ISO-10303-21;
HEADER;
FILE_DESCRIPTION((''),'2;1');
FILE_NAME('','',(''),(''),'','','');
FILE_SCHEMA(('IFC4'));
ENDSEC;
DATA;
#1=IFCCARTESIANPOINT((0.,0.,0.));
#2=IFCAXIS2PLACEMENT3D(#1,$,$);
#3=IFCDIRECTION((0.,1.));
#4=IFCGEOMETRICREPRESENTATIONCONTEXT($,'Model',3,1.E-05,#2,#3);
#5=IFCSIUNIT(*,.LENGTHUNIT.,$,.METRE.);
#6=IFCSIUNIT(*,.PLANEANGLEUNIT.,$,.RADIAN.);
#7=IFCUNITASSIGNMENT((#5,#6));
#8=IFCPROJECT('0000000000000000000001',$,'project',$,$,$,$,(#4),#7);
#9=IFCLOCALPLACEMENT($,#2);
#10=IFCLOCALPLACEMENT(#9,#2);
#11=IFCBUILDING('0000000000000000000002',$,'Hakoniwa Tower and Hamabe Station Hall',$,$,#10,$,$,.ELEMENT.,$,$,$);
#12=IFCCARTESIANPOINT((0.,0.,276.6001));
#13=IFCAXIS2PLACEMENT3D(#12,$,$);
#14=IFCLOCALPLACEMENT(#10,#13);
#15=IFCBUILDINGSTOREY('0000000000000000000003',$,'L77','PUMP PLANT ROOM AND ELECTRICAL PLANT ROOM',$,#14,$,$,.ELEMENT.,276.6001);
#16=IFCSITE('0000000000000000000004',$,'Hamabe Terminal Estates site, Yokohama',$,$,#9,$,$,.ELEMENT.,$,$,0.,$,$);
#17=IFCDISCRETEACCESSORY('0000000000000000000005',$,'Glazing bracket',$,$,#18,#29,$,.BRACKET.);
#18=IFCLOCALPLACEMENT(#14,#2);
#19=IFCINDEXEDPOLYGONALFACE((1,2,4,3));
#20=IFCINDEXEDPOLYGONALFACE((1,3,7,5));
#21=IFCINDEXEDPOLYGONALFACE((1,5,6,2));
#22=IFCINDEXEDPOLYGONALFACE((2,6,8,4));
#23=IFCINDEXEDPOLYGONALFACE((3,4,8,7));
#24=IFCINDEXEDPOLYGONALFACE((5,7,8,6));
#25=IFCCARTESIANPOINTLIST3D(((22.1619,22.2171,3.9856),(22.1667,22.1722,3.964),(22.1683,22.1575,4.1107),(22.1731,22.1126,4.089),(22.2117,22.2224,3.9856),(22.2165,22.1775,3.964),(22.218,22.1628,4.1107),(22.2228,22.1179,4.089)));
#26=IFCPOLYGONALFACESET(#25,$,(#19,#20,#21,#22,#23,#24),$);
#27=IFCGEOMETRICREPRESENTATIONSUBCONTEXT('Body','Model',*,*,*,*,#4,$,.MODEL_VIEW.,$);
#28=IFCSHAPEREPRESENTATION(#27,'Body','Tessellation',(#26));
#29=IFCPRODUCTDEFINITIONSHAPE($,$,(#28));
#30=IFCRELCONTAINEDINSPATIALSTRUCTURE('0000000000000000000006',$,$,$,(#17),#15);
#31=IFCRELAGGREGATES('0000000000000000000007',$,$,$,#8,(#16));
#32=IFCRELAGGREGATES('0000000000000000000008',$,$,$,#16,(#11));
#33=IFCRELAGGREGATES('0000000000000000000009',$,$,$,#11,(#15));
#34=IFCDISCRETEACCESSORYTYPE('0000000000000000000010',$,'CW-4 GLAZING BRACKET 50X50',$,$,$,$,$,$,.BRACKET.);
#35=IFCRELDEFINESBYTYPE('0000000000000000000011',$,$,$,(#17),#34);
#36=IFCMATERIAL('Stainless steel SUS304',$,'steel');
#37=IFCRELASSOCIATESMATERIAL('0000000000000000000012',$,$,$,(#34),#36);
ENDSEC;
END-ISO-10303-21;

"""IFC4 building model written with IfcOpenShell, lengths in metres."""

from ifc_helpers import new_model, si_unit, direction, frame, origin, origin_2d, place, context, subcontext, project, spatial, rectangle, extrude, material, material_profile, profile_set, type_object, element, save


model = new_model("IFC4")

# Units and contexts
model_context = context("Model", 3, precision=1e-05, world=origin(), true_north=direction((0.0, 1.0)))
body_context = subcontext(model_context, "Body", "Model", "MODEL_VIEW")
ifc_project = project(units=[si_unit("LENGTHUNIT", "METRE"), si_unit("PLANEANGLEUNIT", "RADIAN")], contexts=[model_context])

# Site, building, storey
site_placement = place(None, origin())
site = spatial("IfcSite", under=ifc_project, at=site_placement, Name="Hamabe Terminal Estates site, Yokohama", CompositionType="ELEMENT", RefElevation=0.0)
building_placement = place(site_placement, origin())
building = spatial("IfcBuilding", under=site, at=building_placement, Name="Hakoniwa Tower and Hamabe Station Hall", CompositionType="ELEMENT")
storey_placement = place(building_placement, frame((0.0, 0.0, 276.6001)))
storey = spatial("IfcBuildingStorey", under=building, at=storey_placement, Name="L77", Description="PUMP PLANT ROOM AND ELECTRICAL PLANT ROOM", CompositionType="ELEMENT", Elevation=276.6001)

# Discrete accessory
ifc_material_1 = material(Name="Stainless steel SUS304", Category="steel")
ifc_material_profile_1 = material_profile(ifc_material_1, rectangle(XDim=0.05, YDim=0.05, at=origin_2d()), Name="CW-4 GLAZING BRACKET 50X50")
ifc_profile_set_1 = profile_set([ifc_material_profile_1], Name="Stainless steel SUS304")
discrete_accessory_type = type_object("IfcDiscreteAccessoryType", Name="CW-4 GLAZING BRACKET 50X50", PredefinedType="BRACKET", material=ifc_profile_set_1)
discrete_accessory_1_placement = place(storey_placement, frame((22.1956, 22.1377, 4.0999), z_axis=(-0.045794, 0.429756, -0.901783), x_axis=(-0.994371, -0.105958, 0.0)))
element("IfcDiscreteAccessory", 1, at=discrete_accessory_1_placement, inside=storey, type_object=discrete_accessory_type, Name="Glazing bracket", PredefinedType="BRACKET", context=body_context, shape_type="SweptSolid", body=[
    extrude(rectangle(XDim=0.05, YDim=0.05, at=origin_2d()), origin(), (0.0, 0.0, 1.0), 0.1387),
])

save(model, "model.ifc")
